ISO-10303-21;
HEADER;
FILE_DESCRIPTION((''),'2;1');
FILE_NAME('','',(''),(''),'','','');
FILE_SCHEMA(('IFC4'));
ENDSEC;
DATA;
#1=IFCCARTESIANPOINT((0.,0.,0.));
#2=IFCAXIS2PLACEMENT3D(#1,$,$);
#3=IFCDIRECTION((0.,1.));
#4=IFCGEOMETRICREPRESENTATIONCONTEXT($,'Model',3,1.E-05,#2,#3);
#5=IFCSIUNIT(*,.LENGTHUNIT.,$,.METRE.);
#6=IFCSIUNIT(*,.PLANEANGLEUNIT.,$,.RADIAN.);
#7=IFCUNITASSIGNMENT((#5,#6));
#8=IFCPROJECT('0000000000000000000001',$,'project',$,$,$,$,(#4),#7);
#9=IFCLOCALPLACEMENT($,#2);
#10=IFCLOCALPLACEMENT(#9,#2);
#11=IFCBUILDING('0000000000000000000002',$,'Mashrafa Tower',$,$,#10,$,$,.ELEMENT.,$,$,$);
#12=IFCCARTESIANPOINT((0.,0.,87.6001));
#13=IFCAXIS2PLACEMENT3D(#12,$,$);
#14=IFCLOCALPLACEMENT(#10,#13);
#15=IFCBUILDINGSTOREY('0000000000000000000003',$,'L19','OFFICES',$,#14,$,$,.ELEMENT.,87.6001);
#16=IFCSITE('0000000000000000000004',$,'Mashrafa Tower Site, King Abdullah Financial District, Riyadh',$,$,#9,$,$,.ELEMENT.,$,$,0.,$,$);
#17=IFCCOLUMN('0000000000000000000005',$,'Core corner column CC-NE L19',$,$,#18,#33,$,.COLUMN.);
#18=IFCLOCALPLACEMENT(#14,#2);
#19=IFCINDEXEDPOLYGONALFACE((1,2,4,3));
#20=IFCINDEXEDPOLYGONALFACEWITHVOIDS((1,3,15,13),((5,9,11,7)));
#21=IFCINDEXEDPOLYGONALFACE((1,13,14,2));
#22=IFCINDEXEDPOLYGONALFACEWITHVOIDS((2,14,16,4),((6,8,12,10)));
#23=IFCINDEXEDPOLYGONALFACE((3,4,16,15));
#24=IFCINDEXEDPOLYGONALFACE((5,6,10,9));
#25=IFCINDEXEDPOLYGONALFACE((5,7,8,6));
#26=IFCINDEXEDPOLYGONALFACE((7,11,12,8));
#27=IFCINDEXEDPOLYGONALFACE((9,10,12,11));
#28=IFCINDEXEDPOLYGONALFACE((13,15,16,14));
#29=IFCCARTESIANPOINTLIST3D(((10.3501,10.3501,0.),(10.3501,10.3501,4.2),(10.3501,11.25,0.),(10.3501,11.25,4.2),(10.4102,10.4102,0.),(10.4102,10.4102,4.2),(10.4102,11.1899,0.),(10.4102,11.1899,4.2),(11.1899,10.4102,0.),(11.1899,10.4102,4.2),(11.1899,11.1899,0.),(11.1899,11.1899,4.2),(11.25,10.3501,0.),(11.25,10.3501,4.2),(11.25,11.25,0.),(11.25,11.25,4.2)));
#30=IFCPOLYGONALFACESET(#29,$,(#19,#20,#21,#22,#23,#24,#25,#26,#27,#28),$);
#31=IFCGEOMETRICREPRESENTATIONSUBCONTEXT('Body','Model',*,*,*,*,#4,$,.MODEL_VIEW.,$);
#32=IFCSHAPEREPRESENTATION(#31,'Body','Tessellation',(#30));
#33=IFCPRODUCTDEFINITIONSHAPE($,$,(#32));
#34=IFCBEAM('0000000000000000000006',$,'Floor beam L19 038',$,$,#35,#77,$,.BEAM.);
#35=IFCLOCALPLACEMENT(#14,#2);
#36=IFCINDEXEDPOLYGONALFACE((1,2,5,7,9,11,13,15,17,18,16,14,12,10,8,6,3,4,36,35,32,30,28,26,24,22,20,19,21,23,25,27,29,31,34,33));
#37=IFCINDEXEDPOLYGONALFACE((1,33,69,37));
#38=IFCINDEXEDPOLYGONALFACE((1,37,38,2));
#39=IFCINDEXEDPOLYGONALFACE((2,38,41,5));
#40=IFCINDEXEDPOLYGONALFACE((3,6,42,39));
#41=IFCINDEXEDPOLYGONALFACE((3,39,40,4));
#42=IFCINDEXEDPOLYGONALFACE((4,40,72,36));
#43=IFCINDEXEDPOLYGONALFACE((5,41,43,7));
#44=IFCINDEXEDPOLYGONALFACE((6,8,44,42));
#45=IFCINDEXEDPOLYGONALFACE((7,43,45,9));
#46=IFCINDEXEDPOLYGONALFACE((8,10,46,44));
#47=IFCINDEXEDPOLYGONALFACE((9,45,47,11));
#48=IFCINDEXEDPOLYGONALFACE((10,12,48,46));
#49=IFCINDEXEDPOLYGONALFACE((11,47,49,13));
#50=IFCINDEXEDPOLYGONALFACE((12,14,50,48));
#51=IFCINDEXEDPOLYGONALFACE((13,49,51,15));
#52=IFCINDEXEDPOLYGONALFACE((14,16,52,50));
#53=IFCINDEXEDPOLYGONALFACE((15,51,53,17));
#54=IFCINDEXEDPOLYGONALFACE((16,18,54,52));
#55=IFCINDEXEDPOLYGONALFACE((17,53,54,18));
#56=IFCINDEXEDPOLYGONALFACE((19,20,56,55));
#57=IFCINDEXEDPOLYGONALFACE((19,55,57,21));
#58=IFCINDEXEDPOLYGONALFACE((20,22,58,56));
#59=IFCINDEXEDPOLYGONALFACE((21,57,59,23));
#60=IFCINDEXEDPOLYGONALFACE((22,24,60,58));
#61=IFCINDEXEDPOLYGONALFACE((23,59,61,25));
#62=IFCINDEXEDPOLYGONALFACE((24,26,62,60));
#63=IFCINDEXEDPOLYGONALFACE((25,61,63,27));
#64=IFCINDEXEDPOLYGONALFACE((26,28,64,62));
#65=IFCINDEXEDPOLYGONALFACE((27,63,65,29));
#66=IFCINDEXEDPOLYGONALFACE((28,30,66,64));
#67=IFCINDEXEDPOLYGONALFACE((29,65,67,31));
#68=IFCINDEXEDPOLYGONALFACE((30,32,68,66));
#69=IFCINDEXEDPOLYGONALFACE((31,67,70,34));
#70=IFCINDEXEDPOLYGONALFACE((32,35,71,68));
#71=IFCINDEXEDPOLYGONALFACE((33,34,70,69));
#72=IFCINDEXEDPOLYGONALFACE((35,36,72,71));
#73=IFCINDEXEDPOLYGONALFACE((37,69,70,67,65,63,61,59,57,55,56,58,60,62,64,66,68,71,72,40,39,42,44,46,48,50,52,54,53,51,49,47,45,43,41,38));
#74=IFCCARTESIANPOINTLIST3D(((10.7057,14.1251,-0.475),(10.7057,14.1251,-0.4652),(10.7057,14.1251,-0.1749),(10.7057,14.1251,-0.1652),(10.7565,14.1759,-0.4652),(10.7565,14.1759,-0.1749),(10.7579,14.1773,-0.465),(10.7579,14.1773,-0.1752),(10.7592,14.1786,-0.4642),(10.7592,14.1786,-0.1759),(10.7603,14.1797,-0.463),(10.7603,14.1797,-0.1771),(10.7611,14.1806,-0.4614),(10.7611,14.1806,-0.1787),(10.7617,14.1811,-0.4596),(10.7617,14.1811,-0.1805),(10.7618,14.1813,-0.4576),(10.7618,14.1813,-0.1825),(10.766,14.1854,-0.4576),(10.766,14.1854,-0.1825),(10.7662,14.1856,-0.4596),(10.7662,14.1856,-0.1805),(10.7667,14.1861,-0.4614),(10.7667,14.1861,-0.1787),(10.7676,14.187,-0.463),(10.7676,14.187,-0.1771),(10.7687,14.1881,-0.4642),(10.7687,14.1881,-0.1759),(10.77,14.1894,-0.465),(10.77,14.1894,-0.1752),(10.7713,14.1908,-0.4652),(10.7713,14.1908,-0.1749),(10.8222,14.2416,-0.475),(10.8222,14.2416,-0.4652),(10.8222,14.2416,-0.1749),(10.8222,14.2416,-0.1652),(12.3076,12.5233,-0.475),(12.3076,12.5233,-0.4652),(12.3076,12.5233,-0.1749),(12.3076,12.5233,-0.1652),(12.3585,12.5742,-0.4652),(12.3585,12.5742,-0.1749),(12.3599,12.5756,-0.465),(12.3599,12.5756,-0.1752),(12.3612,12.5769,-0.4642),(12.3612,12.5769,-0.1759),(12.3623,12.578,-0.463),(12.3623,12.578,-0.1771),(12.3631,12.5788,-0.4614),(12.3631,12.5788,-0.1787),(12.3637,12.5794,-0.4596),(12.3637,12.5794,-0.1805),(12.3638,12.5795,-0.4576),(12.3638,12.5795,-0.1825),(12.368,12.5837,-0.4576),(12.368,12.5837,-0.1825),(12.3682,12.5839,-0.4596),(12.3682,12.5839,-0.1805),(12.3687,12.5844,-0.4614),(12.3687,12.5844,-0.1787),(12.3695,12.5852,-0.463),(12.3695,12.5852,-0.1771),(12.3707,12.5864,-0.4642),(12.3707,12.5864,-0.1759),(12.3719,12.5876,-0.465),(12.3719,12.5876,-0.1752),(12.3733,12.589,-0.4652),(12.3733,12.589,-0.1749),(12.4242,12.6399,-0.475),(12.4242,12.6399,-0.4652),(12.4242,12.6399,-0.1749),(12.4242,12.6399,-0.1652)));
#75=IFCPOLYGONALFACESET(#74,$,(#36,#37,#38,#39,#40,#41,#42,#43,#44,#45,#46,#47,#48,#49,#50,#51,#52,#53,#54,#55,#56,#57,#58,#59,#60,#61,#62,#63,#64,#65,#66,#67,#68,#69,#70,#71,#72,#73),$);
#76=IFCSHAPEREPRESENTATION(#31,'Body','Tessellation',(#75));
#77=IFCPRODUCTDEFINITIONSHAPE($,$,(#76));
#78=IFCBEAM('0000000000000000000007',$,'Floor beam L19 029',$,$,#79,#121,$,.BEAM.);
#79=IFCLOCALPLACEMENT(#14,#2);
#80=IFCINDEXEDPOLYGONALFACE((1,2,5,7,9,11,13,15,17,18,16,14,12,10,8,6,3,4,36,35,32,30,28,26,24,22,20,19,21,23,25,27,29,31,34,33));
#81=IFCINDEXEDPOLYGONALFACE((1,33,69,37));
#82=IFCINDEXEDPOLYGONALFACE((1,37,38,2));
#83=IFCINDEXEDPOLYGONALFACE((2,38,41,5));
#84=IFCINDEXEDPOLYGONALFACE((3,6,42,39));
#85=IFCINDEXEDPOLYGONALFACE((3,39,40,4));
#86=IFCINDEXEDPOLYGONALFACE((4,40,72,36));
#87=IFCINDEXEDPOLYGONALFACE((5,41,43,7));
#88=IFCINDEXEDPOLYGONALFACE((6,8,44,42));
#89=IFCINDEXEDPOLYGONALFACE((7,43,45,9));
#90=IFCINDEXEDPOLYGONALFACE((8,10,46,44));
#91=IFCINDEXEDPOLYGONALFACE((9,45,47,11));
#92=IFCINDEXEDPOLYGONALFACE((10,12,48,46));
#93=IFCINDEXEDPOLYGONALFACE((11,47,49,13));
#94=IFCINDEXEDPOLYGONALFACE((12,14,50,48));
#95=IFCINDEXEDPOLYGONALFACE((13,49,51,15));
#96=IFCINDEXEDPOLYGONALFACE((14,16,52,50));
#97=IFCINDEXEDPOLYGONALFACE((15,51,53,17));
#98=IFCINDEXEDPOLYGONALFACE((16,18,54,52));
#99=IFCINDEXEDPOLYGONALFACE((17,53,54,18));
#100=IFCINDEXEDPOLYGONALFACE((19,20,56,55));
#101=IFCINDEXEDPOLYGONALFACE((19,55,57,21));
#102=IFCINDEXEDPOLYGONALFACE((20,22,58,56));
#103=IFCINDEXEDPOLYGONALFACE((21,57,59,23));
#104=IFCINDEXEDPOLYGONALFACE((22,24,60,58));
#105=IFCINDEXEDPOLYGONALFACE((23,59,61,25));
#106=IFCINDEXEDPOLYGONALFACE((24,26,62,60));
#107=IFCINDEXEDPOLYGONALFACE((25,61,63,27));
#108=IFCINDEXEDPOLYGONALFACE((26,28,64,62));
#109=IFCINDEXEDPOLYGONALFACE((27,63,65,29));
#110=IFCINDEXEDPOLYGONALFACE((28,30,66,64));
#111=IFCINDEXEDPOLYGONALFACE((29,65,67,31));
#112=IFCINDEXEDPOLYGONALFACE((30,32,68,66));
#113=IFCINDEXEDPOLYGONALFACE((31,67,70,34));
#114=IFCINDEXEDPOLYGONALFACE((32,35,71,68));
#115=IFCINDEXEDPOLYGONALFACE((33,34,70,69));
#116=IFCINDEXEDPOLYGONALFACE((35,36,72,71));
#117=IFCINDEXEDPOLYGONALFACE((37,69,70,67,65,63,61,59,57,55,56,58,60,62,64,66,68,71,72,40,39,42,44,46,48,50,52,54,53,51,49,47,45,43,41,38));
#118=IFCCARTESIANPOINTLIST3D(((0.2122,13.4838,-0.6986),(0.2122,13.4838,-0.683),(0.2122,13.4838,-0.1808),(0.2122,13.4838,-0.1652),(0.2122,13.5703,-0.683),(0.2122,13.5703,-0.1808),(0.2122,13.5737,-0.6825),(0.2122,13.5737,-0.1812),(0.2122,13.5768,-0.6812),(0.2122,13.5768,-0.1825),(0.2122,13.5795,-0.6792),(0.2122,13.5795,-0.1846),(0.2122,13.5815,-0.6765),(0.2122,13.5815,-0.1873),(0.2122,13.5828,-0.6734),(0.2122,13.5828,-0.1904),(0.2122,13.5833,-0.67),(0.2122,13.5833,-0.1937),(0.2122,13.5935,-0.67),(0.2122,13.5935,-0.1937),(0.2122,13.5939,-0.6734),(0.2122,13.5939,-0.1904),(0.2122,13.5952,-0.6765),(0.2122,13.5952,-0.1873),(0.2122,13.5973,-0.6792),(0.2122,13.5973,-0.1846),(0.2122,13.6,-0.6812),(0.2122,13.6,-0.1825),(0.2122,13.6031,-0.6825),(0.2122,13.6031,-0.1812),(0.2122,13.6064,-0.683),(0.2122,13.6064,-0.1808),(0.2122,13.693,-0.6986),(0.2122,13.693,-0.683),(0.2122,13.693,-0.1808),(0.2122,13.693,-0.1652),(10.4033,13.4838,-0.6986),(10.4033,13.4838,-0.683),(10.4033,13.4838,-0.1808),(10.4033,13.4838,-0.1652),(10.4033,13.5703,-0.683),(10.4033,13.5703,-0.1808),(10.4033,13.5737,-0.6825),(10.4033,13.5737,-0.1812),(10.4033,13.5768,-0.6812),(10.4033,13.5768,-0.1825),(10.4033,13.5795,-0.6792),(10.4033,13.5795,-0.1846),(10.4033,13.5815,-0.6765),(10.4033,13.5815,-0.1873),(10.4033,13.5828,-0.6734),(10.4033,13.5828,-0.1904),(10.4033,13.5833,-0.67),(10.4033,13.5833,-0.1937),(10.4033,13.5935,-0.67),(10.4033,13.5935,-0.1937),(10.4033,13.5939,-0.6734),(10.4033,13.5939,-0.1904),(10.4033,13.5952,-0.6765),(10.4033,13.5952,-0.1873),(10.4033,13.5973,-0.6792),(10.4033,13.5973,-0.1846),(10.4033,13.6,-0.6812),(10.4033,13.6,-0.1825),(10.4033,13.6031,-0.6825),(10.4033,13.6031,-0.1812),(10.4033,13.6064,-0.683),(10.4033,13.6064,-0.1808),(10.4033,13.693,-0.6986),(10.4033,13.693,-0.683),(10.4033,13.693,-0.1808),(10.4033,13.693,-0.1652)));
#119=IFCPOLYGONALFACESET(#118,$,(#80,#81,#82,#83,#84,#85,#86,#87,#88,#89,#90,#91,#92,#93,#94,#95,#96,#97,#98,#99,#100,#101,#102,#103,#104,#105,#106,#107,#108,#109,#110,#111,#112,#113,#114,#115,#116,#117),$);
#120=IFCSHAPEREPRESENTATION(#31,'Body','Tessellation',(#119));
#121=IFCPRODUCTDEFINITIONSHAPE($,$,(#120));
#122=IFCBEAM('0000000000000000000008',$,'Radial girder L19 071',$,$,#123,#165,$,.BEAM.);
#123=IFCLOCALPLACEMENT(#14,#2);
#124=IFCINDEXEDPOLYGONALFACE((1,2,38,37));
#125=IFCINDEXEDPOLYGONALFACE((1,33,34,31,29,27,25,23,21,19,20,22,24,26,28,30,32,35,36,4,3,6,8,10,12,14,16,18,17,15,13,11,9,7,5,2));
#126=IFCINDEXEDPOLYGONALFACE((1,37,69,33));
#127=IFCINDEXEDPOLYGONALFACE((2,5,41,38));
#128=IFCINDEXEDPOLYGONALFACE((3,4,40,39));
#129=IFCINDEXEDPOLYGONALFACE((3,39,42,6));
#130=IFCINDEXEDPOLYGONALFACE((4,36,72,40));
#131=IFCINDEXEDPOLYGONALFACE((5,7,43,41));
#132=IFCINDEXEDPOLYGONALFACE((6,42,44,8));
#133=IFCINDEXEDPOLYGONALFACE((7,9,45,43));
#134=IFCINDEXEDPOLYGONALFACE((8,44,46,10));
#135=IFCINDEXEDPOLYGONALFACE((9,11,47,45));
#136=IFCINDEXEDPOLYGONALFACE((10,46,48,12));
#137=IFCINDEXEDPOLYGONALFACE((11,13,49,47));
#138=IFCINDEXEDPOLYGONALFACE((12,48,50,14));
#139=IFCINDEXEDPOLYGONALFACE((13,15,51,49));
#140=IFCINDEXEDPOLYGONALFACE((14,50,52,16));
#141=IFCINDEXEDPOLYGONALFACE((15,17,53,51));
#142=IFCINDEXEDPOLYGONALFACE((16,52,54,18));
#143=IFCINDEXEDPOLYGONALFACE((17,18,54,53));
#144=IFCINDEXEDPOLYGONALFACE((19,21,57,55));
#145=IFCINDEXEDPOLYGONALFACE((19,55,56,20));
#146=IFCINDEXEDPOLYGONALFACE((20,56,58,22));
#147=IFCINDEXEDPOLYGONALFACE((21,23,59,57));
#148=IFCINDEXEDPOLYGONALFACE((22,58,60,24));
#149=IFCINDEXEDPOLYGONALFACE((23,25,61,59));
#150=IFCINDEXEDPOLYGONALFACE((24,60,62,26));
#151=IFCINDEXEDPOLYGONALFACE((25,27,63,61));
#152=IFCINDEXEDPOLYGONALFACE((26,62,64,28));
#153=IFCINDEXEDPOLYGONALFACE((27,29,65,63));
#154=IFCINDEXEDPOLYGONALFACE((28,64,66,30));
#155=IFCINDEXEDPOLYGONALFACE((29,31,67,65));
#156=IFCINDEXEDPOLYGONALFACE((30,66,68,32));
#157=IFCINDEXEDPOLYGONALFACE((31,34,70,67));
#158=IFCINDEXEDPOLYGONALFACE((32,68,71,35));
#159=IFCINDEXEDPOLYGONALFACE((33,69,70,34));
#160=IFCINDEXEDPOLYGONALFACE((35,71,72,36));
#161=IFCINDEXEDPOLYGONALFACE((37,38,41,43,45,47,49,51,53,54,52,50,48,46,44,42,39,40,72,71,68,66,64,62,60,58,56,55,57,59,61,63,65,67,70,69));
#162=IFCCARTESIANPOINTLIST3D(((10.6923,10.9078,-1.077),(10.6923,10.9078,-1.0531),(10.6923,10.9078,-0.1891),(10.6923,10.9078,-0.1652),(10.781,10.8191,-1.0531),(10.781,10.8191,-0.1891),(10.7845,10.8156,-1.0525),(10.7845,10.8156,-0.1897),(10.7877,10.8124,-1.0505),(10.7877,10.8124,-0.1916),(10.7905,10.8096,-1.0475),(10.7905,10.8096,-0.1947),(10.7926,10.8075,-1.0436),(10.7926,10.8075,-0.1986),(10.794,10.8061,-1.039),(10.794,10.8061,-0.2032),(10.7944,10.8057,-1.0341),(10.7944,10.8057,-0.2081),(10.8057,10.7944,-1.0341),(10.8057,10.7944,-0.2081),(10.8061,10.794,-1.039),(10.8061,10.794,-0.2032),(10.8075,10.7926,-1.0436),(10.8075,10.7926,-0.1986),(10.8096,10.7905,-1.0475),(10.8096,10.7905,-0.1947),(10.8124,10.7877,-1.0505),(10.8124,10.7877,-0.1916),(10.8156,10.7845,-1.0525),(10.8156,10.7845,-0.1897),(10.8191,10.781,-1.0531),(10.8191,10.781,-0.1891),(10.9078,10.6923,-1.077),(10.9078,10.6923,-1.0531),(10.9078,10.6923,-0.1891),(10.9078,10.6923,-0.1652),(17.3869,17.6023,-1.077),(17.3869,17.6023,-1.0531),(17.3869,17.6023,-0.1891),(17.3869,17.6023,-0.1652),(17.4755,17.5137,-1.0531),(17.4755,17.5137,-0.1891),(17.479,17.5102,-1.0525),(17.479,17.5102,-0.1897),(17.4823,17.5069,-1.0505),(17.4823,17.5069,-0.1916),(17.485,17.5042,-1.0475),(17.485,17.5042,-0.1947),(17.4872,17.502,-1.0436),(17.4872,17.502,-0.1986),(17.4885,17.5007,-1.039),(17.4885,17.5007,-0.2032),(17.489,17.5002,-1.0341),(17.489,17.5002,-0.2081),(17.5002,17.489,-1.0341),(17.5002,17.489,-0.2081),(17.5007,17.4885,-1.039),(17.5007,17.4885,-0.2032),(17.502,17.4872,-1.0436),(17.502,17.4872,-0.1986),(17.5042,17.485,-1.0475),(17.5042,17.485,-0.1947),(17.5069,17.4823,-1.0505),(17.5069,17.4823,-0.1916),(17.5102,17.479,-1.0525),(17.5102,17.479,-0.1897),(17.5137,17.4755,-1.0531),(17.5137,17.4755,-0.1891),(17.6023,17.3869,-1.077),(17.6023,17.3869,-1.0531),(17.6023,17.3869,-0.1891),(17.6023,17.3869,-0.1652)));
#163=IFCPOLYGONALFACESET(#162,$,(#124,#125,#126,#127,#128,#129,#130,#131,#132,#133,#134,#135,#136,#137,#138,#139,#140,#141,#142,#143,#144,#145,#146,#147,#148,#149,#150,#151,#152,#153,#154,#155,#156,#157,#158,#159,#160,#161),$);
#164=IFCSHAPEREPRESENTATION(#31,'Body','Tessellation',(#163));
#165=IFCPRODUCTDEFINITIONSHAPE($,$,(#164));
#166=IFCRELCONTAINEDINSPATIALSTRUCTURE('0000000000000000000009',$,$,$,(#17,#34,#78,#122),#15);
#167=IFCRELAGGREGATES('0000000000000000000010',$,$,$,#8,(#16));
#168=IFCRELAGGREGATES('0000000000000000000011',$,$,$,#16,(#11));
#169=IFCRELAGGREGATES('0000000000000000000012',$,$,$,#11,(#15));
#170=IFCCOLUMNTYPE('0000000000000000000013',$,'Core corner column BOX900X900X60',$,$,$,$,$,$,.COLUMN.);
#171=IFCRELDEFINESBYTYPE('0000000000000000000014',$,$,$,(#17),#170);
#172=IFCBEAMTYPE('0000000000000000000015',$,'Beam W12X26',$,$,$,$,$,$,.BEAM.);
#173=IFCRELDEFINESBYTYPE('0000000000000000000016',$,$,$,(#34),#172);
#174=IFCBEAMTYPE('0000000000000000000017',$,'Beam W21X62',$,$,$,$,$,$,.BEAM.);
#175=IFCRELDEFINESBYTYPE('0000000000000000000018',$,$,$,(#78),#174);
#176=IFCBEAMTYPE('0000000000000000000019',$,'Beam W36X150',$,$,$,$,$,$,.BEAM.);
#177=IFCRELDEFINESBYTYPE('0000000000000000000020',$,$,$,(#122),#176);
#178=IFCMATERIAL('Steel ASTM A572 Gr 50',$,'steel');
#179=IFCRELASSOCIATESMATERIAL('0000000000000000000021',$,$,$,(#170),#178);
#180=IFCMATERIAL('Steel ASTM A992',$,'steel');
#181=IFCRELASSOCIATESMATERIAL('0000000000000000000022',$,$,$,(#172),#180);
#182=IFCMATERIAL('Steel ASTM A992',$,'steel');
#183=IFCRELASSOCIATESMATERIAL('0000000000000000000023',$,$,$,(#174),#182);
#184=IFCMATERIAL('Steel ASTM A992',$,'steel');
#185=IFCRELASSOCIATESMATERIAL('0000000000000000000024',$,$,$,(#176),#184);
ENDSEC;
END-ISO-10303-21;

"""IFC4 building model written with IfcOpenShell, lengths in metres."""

from ifc_helpers import new_model, si_unit, direction, frame, origin, origin_2d, place, context, subcontext, project, spatial, hollow_rectangle, i_section, extrude, material, material_profile, profile_set, type_object, element, save


model = new_model("IFC4")

# Units and contexts
model_context = context("Model", 3, precision=1e-05, world=origin(), true_north=direction((0.0, 1.0)))
body_context = subcontext(model_context, "Body", "Model", "MODEL_VIEW")
ifc_project = project(units=[si_unit("LENGTHUNIT", "METRE"), si_unit("PLANEANGLEUNIT", "RADIAN")], contexts=[model_context])

# Site, building, storey
site_placement = place(None, origin())
site = spatial("IfcSite", under=ifc_project, at=site_placement, Name="Mashrafa Tower Site, King Abdullah Financial District, Riyadh", CompositionType="ELEMENT", RefElevation=0.0)
building_placement = place(site_placement, origin())
building = spatial("IfcBuilding", under=site, at=building_placement, Name="Mashrafa Tower", CompositionType="ELEMENT")
storey_placement = place(building_placement, frame((0.0, 0.0, 87.6001)))
storey = spatial("IfcBuildingStorey", under=building, at=storey_placement, Name="L19", Description="OFFICES", CompositionType="ELEMENT", Elevation=87.6001)

# Column
ifc_material_1 = material(Name="Steel ASTM A572 Gr 50", Category="steel")
ifc_material_profile_1 = material_profile(ifc_material_1, hollow_rectangle(XDim=0.8999, YDim=0.8999, WallThickness=0.0601, at=origin_2d()), Name="BOX900X900X60")
ifc_profile_set_1 = profile_set([ifc_material_profile_1], Name="Steel ASTM A572 Gr 50")
column_type = type_object("IfcColumnType", Name="Core corner column BOX900X900X60", PredefinedType="COLUMN", material=ifc_profile_set_1)
column_placement = place(storey_placement, frame((10.8, 10.8, 0.0), z_axis=(0.0, 0.0, 1.0), x_axis=(1.0, 0.0, 0.0)))
element("IfcColumn", 1, at=column_placement, inside=storey, type_object=column_type, Name="Core corner column CC-NE L19", PredefinedType="COLUMN", context=body_context, shape_type="SweptSolid", body=[
    extrude(hollow_rectangle(XDim=0.8999, YDim=0.8999, WallThickness=0.0601, at=origin_2d()), origin(), (0.0, 0.0, 1.0), 4.2),
])

# Beams
ifc_material_2 = material(Name="Steel ASTM A992", Category="steel")
ifc_material_profile_2 = material_profile(ifc_material_2, i_section(OverallWidth=0.1648, OverallDepth=0.3098, WebThickness=0.0059, FlangeThickness=0.0098, FilletRadius=0.0076, at=origin_2d()), Name="W12X26")
ifc_profile_set_2 = profile_set([ifc_material_profile_2], Name="Steel ASTM A992")
beam_type_1 = type_object("IfcBeamType", Name="Beam W12X26", PredefinedType="BEAM", material=ifc_profile_set_2)
beam_1_placement = place(storey_placement, frame((10.7639, 14.1833, -0.3201), z_axis=(0.707161, -0.707053, 0.0), x_axis=(0.707053, 0.707161, 0.0)))
element("IfcBeam", 2, at=beam_1_placement, inside=storey, type_object=beam_type_1, Name="Floor beam L19 038", PredefinedType="BEAM", context=body_context, shape_type="SweptSolid", body=[
    extrude(i_section(OverallWidth=0.1648, OverallDepth=0.3098, WebThickness=0.0059, FlangeThickness=0.0098, FilletRadius=0.0076, at=origin_2d()), origin(), (0.0, 0.0, 1.0), 2.2654),
])
ifc_material_3 = material(Name="Steel ASTM A992", Category="steel")
ifc_material_profile_3 = material_profile(ifc_material_3, i_section(OverallWidth=0.2092, OverallDepth=0.5334, WebThickness=0.0103, FlangeThickness=0.0156, FilletRadius=0.0129, at=origin_2d()), Name="W21X62")
ifc_profile_set_3 = profile_set([ifc_material_profile_3], Name="Steel ASTM A992")
beam_type_2 = type_object("IfcBeamType", Name="Beam W21X62", PredefinedType="BEAM", material=ifc_profile_set_3)
beam_2_placement = place(storey_placement, frame((0.2122, 13.5884, -0.4319), z_axis=(1.0, 0.0, 0.0), x_axis=(0.0, 1.0, 0.0)))
element("IfcBeam", 3, at=beam_2_placement, inside=storey, type_object=beam_type_2, Name="Floor beam L19 029", PredefinedType="BEAM", context=body_context, shape_type="SweptSolid", body=[
    extrude(i_section(OverallWidth=0.2092, OverallDepth=0.5334, WebThickness=0.0103, FlangeThickness=0.0156, FilletRadius=0.0129, at=origin_2d()), origin(), (0.0, 0.0, 1.0), 10.1912),
])
ifc_material_4 = material(Name="Steel ASTM A992", Category="steel")
ifc_material_profile_4 = material_profile(ifc_material_4, i_section(OverallWidth=0.3047, OverallDepth=0.9119, WebThickness=0.0159, FlangeThickness=0.0239, FilletRadius=0.019, at=origin_2d()), Name="W36X150")
ifc_profile_set_4 = profile_set([ifc_material_profile_4], Name="Steel ASTM A992")
beam_type_3 = type_object("IfcBeamType", Name="Beam W36X150", PredefinedType="BEAM", material=ifc_profile_set_4)
beam_3_placement = place(storey_placement, frame((10.8, 10.8, -0.6211), z_axis=(0.707107, 0.707107, 0.0), x_axis=(-0.707107, 0.707107, 0.0)))
element("IfcBeam", 4, at=beam_3_placement, inside=storey, type_object=beam_type_3, Name="Radial girder L19 071", PredefinedType="BEAM", context=body_context, shape_type="SweptSolid", body=[
    extrude(i_section(OverallWidth=0.3047, OverallDepth=0.9119, WebThickness=0.0159, FlangeThickness=0.0239, FilletRadius=0.019, at=origin_2d()), origin(), (0.0, 0.0, 1.0), 9.4675),
])

save(model, "model.ifc")
